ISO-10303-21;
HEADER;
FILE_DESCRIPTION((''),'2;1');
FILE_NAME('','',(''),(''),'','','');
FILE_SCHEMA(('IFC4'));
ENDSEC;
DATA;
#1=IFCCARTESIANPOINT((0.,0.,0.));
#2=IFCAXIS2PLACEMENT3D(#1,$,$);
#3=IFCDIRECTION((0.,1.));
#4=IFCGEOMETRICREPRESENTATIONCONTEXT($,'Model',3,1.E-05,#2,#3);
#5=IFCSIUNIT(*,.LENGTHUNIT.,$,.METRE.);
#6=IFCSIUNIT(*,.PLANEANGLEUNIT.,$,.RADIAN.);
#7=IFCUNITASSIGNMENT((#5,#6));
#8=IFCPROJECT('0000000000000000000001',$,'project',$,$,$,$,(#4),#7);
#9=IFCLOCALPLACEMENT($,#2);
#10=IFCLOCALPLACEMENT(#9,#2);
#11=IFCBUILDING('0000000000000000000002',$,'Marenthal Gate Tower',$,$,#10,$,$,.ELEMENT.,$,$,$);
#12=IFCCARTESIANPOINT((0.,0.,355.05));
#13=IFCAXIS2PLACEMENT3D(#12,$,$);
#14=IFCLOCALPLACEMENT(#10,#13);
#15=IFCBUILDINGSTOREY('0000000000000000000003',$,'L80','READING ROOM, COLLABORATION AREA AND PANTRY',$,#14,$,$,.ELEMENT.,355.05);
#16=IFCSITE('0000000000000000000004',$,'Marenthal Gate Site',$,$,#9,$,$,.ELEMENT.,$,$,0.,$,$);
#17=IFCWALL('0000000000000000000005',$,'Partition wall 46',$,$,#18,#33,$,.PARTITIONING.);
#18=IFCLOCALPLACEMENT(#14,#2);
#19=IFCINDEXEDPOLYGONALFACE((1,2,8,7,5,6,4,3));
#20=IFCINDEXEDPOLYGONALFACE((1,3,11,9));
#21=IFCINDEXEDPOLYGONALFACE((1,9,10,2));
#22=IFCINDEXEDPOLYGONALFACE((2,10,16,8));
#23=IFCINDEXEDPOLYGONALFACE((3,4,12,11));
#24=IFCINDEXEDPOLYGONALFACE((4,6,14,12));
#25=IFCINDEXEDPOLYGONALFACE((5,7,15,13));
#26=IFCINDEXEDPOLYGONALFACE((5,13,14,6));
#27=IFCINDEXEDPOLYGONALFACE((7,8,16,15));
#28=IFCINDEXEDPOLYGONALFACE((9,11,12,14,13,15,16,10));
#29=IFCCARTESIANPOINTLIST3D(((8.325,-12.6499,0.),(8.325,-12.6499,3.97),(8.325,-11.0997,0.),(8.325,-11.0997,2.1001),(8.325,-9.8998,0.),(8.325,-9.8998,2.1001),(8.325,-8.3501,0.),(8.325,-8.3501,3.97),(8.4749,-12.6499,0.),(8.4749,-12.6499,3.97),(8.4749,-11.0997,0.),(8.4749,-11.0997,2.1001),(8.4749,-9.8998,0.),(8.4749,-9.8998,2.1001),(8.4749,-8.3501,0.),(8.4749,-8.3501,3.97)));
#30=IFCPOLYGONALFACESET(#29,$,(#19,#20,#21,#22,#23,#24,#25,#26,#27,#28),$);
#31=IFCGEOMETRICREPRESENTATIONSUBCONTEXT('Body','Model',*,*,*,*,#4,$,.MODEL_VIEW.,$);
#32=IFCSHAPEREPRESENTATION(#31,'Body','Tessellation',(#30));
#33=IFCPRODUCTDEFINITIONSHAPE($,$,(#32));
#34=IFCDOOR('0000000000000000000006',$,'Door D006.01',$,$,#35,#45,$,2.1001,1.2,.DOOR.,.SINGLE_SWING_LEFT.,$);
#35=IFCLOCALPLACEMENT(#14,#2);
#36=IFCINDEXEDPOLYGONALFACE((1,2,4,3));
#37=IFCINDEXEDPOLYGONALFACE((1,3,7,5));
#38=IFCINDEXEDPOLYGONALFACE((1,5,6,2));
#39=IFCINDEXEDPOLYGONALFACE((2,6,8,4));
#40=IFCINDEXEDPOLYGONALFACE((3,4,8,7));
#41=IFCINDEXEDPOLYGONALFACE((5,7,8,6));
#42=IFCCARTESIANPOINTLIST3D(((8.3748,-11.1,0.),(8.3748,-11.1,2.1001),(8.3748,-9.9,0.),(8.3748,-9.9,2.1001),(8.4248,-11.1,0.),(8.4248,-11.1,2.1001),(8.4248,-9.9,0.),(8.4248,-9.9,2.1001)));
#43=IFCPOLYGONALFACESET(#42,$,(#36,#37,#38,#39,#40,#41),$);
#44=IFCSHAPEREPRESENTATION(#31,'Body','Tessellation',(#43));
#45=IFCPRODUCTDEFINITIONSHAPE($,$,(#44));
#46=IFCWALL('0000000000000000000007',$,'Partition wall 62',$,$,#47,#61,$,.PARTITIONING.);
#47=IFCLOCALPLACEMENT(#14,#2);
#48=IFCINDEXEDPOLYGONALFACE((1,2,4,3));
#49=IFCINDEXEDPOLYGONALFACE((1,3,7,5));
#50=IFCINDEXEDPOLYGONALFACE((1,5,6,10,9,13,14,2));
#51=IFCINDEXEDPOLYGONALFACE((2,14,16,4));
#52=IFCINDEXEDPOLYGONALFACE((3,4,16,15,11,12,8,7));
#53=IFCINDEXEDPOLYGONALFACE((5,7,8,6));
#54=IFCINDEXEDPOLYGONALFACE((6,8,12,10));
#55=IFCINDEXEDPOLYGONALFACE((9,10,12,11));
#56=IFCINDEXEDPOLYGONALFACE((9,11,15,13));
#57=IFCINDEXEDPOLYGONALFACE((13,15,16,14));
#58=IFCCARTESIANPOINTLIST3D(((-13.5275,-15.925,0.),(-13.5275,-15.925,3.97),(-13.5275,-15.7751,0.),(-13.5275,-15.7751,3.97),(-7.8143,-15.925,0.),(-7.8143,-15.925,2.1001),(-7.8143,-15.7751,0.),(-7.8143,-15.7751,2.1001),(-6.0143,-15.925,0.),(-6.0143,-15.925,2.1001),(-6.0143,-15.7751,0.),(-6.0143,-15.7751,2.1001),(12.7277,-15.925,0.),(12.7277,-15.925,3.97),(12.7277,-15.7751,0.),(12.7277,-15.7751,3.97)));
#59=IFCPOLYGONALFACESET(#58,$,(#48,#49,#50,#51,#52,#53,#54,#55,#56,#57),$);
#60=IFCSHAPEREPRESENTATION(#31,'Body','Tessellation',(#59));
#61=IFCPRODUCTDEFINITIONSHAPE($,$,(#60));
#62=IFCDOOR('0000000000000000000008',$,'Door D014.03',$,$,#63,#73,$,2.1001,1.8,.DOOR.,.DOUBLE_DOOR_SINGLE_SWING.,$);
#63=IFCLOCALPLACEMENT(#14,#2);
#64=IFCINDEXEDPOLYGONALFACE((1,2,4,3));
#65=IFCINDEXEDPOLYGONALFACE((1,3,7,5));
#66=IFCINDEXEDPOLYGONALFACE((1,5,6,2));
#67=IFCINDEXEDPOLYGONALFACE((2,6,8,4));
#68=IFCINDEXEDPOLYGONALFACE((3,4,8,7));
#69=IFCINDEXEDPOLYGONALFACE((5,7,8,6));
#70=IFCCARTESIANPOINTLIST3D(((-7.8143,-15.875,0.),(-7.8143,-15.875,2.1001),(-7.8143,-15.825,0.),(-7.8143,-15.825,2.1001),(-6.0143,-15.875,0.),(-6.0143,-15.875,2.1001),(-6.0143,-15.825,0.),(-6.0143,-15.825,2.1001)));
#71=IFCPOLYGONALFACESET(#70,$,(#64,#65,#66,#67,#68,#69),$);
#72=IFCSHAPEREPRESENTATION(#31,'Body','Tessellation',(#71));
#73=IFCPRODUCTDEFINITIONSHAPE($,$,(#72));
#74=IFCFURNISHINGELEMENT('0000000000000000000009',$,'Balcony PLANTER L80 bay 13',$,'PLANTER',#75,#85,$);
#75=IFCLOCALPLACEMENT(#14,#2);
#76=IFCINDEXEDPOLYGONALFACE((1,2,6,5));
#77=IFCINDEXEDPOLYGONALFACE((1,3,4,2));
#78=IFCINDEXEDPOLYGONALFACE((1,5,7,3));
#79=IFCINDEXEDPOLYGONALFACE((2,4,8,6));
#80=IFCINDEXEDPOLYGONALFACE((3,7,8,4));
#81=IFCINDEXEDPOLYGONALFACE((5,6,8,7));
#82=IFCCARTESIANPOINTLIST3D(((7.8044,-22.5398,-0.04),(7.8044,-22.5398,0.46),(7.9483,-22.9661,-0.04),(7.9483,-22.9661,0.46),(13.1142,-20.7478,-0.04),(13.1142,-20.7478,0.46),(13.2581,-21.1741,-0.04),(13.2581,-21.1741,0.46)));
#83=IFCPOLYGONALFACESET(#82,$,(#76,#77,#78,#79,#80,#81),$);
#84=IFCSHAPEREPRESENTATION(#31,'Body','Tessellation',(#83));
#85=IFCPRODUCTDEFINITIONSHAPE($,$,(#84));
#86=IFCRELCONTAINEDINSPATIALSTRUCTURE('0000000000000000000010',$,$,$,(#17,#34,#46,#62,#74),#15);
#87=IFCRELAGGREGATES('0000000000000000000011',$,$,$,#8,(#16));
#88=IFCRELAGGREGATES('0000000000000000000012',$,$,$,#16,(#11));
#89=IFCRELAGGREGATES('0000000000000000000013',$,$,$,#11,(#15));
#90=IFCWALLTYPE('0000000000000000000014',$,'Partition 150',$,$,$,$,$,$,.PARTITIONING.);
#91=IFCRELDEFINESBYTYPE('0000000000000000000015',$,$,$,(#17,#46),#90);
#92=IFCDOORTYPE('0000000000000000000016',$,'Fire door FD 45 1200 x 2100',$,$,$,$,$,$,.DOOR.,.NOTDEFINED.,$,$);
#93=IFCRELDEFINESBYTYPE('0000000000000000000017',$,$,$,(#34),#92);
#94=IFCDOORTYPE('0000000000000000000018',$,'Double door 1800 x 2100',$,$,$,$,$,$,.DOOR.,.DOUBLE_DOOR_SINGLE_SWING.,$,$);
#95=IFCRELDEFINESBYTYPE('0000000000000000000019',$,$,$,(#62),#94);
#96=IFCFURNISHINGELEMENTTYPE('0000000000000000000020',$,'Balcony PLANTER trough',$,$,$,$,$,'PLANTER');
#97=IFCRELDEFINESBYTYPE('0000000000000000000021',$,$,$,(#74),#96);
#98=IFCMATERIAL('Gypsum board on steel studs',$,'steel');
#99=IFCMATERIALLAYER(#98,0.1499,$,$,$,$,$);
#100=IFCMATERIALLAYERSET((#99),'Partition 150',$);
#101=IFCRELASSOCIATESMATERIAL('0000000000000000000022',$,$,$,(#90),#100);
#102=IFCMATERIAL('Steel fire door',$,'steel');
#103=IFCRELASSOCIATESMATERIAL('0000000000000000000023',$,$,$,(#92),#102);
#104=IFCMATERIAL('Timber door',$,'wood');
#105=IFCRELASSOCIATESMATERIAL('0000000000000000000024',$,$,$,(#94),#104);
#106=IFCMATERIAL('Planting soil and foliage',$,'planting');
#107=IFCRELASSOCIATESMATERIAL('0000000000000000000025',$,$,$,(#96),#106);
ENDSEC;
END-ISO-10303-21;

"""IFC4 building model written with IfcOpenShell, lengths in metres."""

from ifc_helpers import new_model, si_unit, direction, frame, frame_2d, origin, origin_2d, place, context, subcontext, project, spatial, rectangle, extrude, material, layer, layer_set, type_object, element, fill, save


model = new_model("IFC4")

# Units and contexts
model_context = context("Model", 3, precision=1e-05, world=origin(), true_north=direction((0.0, 1.0)))
body_context = subcontext(model_context, "Body", "Model", "MODEL_VIEW")
ifc_project = project(units=[si_unit("LENGTHUNIT", "METRE"), si_unit("PLANEANGLEUNIT", "RADIAN")], contexts=[model_context])

# Site, building, storey
site_placement = place(None, origin())
site = spatial("IfcSite", under=ifc_project, at=site_placement, Name="Marenthal Gate Site", CompositionType="ELEMENT", RefElevation=0.0)
building_placement = place(site_placement, origin())
building = spatial("IfcBuilding", under=site, at=building_placement, Name="Marenthal Gate Tower", CompositionType="ELEMENT")
storey_placement = place(building_placement, frame((0.0, 0.0, 355.05)))
storey = spatial("IfcBuildingStorey", under=building, at=storey_placement, Name="L80", Description="READING ROOM, COLLABORATION AREA AND PANTRY", CompositionType="ELEMENT", Elevation=355.05)

# Walls, openings, doors
ifc_material_1 = material(Name="Gypsum board on steel studs", Category="steel")
ifc_layer_1 = layer(ifc_material_1, 0.1499)
ifc_layer_set_1 = layer_set([ifc_layer_1], Name="Partition 150")
wall_type_1 = type_object("IfcWallType", Name="Partition 150", PredefinedType="PARTITIONING", material=ifc_layer_set_1)
wall_1_placement = place(storey_placement, frame((8.3999, -12.6499, 0.0), z_axis=(0.0, 0.0, 1.0), x_axis=(0.0, 1.0, 0.0)))
wall_1 = element("IfcWall", 1, at=wall_1_placement, inside=storey, type_object=wall_type_1, Name="Partition wall 46", PredefinedType="PARTITIONING", context=body_context, shape_type="SweptSolid", body=[
    extrude(rectangle(XDim=4.2998, YDim=0.1499, at=frame_2d((2.1499, 0.0))), origin(), (0.0, 0.0, 1.0), 3.97),
])
opening_1_placement = place(wall_1_placement, frame((1.55, 0.0, 0.0)))
opening_1 = element("IfcOpeningElement", 2, at=opening_1_placement, cuts=wall_1, PredefinedType="OPENING", context=body_context, shape_type="SweptSolid", body=[
    extrude(rectangle(XDim=1.2, YDim=2.1001, at=frame_2d((0.6001, 1.05))), frame((0.0, 0.085, 0.0), z_axis=(0.0, -1.0, 0.0), x_axis=(1.0, 0.0, 0.0)), (0.0, 0.0, 1.0), 0.1699),
])
ifc_material_2 = material(Name="Steel fire door", Category="steel")
door_type_1 = type_object("IfcDoorType", Name="Fire door FD 45 1200 x 2100", OperationType="NOTDEFINED", PredefinedType="DOOR", material=ifc_material_2)
door_1_placement = place(opening_1_placement, frame((1.2, 0.0, 0.0), z_axis=(0.0, 0.0, 1.0), x_axis=(-1.0, 0.0, 0.0)))
door_1 = element("IfcDoor", 3, at=door_1_placement, inside=storey, type_object=door_type_1, Name="Door D006.01", OperationType="SINGLE_SWING_LEFT", OverallHeight=2.1001, OverallWidth=1.2, PredefinedType="DOOR", context=body_context, shape_type="SweptSolid", body=[
    extrude(rectangle(XDim=1.2, YDim=2.1001, at=frame_2d((0.6001, 1.05))), frame((0.0, 0.0249, 0.0), z_axis=(0.0, -1.0, 0.0), x_axis=(1.0, 0.0, 0.0)), (0.0, 0.0, 1.0), 0.05),
])
fill(opening_1, door_1)
wall_2_placement = place(storey_placement, frame((12.7275, -15.8501, 0.0), z_axis=(0.0, 0.0, 1.0), x_axis=(-1.0, 0.0, 0.0)))
wall_2 = element("IfcWall", 4, at=wall_2_placement, inside=storey, type_object=wall_type_1, Name="Partition wall 62", PredefinedType="PARTITIONING", context=body_context, shape_type="SweptSolid", body=[
    extrude(rectangle(XDim=26.2551, YDim=0.1499, at=frame_2d((13.1274, 0.0))), origin(), (0.0, 0.0, 1.0), 3.97),
])
opening_2_placement = place(wall_2_placement, frame((18.7419, 0.0, 0.0)))
opening_2 = element("IfcOpeningElement", 5, at=opening_2_placement, cuts=wall_2, PredefinedType="OPENING", context=body_context, shape_type="SweptSolid", body=[
    extrude(rectangle(XDim=1.8, YDim=2.1001, at=frame_2d((0.8999, 1.05))), frame((0.0, 0.085, 0.0), z_axis=(0.0, -1.0, 0.0), x_axis=(1.0, 0.0, 0.0)), (0.0, 0.0, 1.0), 0.1699),
])
ifc_material_3 = material(Name="Timber door", Category="wood")
door_type_2 = type_object("IfcDoorType", Name="Double door 1800 x 2100", OperationType="DOUBLE_DOOR_SINGLE_SWING", PredefinedType="DOOR", material=ifc_material_3)
door_2_placement = place(opening_2_placement, origin())
door_2 = element("IfcDoor", 6, at=door_2_placement, inside=storey, type_object=door_type_2, Name="Door D014.03", OperationType="DOUBLE_DOOR_SINGLE_SWING", OverallHeight=2.1001, OverallWidth=1.8, PredefinedType="DOOR", context=body_context, shape_type="SweptSolid", body=[
    extrude(rectangle(XDim=1.8, YDim=2.1001, at=frame_2d((0.8999, 1.05))), frame((0.0, 0.0249, 0.0), z_axis=(0.0, -1.0, 0.0), x_axis=(1.0, 0.0, 0.0)), (0.0, 0.0, 1.0), 0.05),
])
fill(opening_2, door_2)

# Furnishing element
ifc_material_4 = material(Name="Planting soil and foliage", Category="planting")
furnishing_element_type = type_object("IfcFurnishingElementType", Name="Balcony PLANTER trough", ElementType="PLANTER", material=ifc_material_4)
furnishing_placement = place(storey_placement, frame((10.5312, -21.8569, -0.04), z_axis=(0.0, 0.0, 1.0), x_axis=(0.947495, 0.31977, 0.0)))
element("IfcFurnishingElement", 7, at=furnishing_placement, inside=storey, type_object=furnishing_element_type, Name="Balcony PLANTER L80 bay 13", ObjectType="PLANTER", context=body_context, shape_type="SweptSolid", body=[
    extrude(rectangle(XDim=5.604, YDim=0.45, at=origin_2d()), origin(), (0.0, 0.0, 1.0), 0.5),
])

save(model, "model.ifc")
